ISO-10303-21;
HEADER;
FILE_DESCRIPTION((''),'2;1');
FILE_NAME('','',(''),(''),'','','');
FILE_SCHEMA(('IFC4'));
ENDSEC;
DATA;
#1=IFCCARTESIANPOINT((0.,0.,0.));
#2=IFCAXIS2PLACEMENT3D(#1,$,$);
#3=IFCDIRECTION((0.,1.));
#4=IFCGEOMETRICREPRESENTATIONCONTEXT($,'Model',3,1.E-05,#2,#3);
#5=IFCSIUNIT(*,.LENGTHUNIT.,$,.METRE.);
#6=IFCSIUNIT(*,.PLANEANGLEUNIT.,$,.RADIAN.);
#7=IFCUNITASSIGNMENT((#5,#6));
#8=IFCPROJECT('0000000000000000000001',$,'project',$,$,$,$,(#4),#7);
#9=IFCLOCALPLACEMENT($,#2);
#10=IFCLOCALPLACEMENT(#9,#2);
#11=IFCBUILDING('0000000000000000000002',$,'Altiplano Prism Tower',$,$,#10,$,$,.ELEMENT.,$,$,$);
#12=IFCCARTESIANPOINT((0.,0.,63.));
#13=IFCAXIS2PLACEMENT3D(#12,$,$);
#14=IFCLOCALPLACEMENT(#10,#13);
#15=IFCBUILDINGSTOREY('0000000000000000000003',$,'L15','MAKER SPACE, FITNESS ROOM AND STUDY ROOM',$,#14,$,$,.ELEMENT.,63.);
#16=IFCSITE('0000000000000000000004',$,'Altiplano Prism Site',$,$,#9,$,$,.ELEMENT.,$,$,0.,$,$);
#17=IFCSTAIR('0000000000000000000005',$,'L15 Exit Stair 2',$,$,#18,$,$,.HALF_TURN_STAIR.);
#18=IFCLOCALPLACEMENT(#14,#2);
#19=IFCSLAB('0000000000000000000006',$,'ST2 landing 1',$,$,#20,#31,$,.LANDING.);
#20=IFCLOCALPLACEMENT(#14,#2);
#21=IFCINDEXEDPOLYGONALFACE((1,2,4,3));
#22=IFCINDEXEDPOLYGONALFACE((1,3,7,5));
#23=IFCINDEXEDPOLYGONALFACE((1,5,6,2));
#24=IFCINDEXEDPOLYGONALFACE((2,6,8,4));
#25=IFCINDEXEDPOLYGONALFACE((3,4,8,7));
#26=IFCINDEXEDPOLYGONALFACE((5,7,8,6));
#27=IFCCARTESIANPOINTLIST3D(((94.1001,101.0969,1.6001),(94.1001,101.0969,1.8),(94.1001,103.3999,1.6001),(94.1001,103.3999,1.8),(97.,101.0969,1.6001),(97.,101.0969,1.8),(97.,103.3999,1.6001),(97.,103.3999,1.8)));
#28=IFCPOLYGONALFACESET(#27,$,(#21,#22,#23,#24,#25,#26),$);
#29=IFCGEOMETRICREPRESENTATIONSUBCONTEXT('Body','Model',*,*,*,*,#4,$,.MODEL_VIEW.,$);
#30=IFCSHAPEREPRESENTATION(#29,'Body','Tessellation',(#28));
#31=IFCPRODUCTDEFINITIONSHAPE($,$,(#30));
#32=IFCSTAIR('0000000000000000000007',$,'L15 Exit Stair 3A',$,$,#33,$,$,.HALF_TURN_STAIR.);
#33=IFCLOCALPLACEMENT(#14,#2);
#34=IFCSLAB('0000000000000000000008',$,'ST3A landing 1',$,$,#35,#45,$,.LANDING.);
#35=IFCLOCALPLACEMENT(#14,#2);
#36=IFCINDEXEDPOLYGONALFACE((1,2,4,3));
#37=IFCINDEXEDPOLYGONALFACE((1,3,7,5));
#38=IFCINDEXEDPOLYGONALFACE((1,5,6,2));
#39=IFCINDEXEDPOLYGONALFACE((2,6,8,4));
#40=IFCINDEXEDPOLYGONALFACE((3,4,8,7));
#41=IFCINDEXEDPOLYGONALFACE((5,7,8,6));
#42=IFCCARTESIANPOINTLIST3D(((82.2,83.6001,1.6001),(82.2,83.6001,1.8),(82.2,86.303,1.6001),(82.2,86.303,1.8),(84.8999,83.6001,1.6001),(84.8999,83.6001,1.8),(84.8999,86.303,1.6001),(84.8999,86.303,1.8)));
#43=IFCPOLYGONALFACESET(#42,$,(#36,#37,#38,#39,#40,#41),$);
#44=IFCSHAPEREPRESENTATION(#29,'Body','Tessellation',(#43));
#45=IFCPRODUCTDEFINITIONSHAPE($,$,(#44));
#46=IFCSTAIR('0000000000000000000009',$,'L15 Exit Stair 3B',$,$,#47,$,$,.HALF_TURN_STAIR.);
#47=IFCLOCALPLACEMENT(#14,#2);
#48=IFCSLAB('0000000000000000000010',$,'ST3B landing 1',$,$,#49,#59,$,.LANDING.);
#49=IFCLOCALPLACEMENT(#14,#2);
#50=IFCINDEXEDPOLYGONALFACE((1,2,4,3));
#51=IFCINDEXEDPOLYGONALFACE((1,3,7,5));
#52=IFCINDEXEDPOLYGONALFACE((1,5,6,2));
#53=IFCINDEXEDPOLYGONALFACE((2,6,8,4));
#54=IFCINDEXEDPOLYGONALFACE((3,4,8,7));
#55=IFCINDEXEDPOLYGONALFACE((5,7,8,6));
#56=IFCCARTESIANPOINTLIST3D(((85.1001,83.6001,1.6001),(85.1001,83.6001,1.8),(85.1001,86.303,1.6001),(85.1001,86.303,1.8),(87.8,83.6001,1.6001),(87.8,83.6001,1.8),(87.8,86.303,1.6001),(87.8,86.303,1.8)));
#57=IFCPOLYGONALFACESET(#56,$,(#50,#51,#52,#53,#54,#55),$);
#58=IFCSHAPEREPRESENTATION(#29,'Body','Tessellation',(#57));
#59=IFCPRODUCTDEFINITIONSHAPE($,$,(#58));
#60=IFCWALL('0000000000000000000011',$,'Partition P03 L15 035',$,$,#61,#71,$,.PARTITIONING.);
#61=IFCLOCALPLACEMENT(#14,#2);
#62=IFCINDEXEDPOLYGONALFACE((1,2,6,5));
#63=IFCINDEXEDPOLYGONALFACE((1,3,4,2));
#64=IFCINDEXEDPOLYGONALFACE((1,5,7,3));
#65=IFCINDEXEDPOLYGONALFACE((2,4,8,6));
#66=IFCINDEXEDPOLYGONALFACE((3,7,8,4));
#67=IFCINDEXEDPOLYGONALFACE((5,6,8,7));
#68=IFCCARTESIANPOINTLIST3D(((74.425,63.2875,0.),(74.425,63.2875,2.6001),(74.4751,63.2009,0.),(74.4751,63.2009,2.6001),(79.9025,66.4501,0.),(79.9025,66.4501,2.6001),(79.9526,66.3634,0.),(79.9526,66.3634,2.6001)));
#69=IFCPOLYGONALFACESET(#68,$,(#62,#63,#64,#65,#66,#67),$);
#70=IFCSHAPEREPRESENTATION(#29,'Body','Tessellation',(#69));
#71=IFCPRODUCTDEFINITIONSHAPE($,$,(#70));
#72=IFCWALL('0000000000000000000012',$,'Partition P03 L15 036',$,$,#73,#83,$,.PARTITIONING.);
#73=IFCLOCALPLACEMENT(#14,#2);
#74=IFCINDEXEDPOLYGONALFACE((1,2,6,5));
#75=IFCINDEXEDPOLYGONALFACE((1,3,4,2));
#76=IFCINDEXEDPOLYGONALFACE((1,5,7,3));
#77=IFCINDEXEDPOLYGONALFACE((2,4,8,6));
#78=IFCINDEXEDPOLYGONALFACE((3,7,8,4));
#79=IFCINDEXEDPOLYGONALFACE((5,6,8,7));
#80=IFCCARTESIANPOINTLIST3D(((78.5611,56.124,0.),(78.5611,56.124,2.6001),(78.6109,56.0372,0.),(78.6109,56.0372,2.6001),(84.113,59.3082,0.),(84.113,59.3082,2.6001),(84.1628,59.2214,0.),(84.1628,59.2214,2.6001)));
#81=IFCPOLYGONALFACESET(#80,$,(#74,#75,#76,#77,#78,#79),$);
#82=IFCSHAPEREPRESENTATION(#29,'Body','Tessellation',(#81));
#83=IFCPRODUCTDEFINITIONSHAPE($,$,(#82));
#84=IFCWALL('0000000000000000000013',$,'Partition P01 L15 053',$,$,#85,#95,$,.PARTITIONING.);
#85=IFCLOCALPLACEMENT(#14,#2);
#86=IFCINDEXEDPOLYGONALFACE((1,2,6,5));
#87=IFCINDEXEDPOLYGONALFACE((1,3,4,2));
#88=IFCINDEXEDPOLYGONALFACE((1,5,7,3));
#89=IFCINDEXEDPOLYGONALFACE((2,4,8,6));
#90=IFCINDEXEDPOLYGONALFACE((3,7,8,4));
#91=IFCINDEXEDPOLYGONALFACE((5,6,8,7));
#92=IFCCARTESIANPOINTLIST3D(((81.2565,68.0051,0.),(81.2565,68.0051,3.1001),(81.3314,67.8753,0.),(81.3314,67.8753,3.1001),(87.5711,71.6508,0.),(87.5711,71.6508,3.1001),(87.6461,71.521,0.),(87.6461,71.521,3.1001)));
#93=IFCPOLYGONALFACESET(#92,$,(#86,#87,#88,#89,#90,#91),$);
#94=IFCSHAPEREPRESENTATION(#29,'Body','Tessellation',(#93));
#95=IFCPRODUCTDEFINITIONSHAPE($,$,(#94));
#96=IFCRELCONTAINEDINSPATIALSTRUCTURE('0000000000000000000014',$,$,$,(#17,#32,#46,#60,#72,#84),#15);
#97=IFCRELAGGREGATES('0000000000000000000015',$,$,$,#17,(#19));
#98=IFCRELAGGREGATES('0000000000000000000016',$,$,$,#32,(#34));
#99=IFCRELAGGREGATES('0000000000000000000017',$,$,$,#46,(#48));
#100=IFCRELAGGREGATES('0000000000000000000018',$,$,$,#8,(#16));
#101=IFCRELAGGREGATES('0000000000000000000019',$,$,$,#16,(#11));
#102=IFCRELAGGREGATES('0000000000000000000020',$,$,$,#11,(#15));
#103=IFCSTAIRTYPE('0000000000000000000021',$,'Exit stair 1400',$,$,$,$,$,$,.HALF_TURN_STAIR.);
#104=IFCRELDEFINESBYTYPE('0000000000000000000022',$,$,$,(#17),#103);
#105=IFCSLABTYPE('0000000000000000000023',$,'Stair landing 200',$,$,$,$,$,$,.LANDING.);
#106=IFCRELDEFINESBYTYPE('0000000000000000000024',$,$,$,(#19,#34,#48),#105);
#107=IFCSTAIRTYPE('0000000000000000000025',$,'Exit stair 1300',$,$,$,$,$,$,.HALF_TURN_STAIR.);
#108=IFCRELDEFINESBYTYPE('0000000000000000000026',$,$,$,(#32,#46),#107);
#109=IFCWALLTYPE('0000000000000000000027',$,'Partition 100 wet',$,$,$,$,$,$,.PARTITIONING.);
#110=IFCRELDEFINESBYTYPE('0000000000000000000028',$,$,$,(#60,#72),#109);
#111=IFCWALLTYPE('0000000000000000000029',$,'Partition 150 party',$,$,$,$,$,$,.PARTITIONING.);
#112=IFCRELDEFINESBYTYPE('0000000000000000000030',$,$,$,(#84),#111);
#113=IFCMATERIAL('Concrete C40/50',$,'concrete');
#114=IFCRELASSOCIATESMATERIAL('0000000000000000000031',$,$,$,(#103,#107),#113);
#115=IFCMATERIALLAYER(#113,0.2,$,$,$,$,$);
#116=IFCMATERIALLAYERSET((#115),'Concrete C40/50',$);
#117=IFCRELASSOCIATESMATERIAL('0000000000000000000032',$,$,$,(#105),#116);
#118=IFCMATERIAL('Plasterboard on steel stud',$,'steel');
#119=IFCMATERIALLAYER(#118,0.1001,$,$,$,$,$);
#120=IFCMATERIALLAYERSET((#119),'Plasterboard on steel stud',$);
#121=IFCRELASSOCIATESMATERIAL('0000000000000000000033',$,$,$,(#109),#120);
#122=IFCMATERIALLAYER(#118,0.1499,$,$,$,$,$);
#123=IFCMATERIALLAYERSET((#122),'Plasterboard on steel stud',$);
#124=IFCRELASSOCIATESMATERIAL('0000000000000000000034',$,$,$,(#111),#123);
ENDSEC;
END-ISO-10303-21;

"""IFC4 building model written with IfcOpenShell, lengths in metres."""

from ifc_helpers import new_model, si_unit, direction, frame, frame_2d, origin, place, context, subcontext, project, spatial, polyline, rectangle, outline, extrude, material, layer, layer_set, type_object, element, aggregate, save


model = new_model("IFC4")

# Units and contexts
model_context = context("Model", 3, precision=1e-05, world=origin(), true_north=direction((0.0, 1.0)))
body_context = subcontext(model_context, "Body", "Model", "MODEL_VIEW")
ifc_project = project(units=[si_unit("LENGTHUNIT", "METRE"), si_unit("PLANEANGLEUNIT", "RADIAN")], contexts=[model_context])

# Site, building, storey
site_placement = place(None, origin())
site = spatial("IfcSite", under=ifc_project, at=site_placement, Name="Altiplano Prism Site", CompositionType="ELEMENT", RefElevation=0.0)
building_placement = place(site_placement, origin())
building = spatial("IfcBuilding", under=site, at=building_placement, Name="Altiplano Prism Tower", CompositionType="ELEMENT")
storey_placement = place(building_placement, frame((0.0, 0.0, 63.0)))
storey = spatial("IfcBuildingStorey", under=building, at=storey_placement, Name="L15", Description="MAKER SPACE, FITNESS ROOM AND STUDY ROOM", CompositionType="ELEMENT", Elevation=63.0)

# Shared definitions
ifc_material_1 = material(Name="Concrete C40/50", Category="concrete")

# Stairs, slabs
stair_type_1 = type_object("IfcStairType", Name="Exit stair 1400", PredefinedType="HALF_TURN_STAIR", material=ifc_material_1)
ifc_layer_1 = layer(ifc_material_1, 0.2)
ifc_layer_set_1 = layer_set([ifc_layer_1], Name="Concrete C40/50")
slab_type_1 = type_object("IfcSlabType", Name="Stair landing 200", PredefinedType="LANDING", material=ifc_layer_set_1)
stair_1_placement = place(storey_placement, origin())
stair_1 = element("IfcStair", 1, at=stair_1_placement, inside=storey, type_object=stair_type_1, Name="L15 Exit Stair 2", PredefinedType="HALF_TURN_STAIR")
slab_1_placement = place(storey_placement, frame((0.0, 0.0, 1.6001)))
slab_1 = element("IfcSlab", 2, at=slab_1_placement, type_object=slab_type_1, Name="ST2 landing 1", PredefinedType="LANDING", context=body_context, shape_type="SweptSolid", body=[
    extrude(outline(polyline([(97.0, 101.0969), (97.0, 103.3999), (94.1001, 103.3999), (94.1001, 101.0969), (97.0, 101.0969)])), origin(), (0.0, 0.0, 1.0), 0.2),
])
aggregate(stair_1, [slab_1])
stair_type_2 = type_object("IfcStairType", Name="Exit stair 1300", PredefinedType="HALF_TURN_STAIR", material=ifc_material_1)
stair_2_placement = place(storey_placement, origin())
stair_2 = element("IfcStair", 3, at=stair_2_placement, inside=storey, type_object=stair_type_2, Name="L15 Exit Stair 3A", PredefinedType="HALF_TURN_STAIR")
slab_2_placement = place(storey_placement, frame((0.0, 0.0, 1.6001)))
slab_2 = element("IfcSlab", 4, at=slab_2_placement, type_object=slab_type_1, Name="ST3A landing 1", PredefinedType="LANDING", context=body_context, shape_type="SweptSolid", body=[
    extrude(outline(polyline([(82.2, 86.303), (82.2, 83.6001), (84.8999, 83.6001), (84.8999, 86.303), (82.2, 86.303)])), origin(), (0.0, 0.0, 1.0), 0.2),
])
aggregate(stair_2, [slab_2])
stair_3_placement = place(storey_placement, origin())
stair_3 = element("IfcStair", 5, at=stair_3_placement, inside=storey, type_object=stair_type_2, Name="L15 Exit Stair 3B", PredefinedType="HALF_TURN_STAIR")
slab_3_placement = place(storey_placement, frame((0.0, 0.0, 1.6001)))
slab_3 = element("IfcSlab", 6, at=slab_3_placement, type_object=slab_type_1, Name="ST3B landing 1", PredefinedType="LANDING", context=body_context, shape_type="SweptSolid", body=[
    extrude(outline(polyline([(85.1001, 86.303), (85.1001, 83.6001), (87.8, 83.6001), (87.8, 86.303), (85.1001, 86.303)])), origin(), (0.0, 0.0, 1.0), 0.2),
])
aggregate(stair_3, [slab_3])

# Walls
ifc_material_2 = material(Name="Plasterboard on steel stud", Category="steel")
ifc_layer_2 = layer(ifc_material_2, 0.1001)
ifc_layer_set_2 = layer_set([ifc_layer_2], Name="Plasterboard on steel stud")
wall_type_1 = type_object("IfcWallType", Name="Partition 100 wet", PredefinedType="PARTITIONING", material=ifc_layer_set_2)
wall_1_placement = place(storey_placement, frame((74.45, 63.2441, 0.0), z_axis=(0.0, 0.0, 1.0), x_axis=(0.866016, 0.500016, 0.0)))
element("IfcWall", 7, at=wall_1_placement, inside=storey, type_object=wall_type_1, Name="Partition P03 L15 035", PredefinedType="PARTITIONING", context=body_context, shape_type="SweptSolid", body=[
    extrude(rectangle(XDim=6.325, YDim=0.1001, at=frame_2d((3.1626, 0.0))), origin(), (0.0, 0.0, 1.0), 2.6001),
])
wall_2_placement = place(storey_placement, frame((78.5859, 56.0806, 0.0), z_axis=(0.0, 0.0, 1.0), x_axis=(0.867458, 0.49751, 0.0)))
element("IfcWall", 8, at=wall_2_placement, inside=storey, type_object=wall_type_1, Name="Partition P03 L15 036", PredefinedType="PARTITIONING", context=body_context, shape_type="SweptSolid", body=[
    extrude(rectangle(XDim=6.4001, YDim=0.1001, at=frame_2d((3.2002, 0.0))), origin(), (0.0, 0.0, 1.0), 2.6001),
])
ifc_layer_3 = layer(ifc_material_2, 0.1499)
ifc_layer_set_3 = layer_set([ifc_layer_3], Name="Plasterboard on steel stud")
wall_type_2 = type_object("IfcWallType", Name="Partition 150 party", PredefinedType="PARTITIONING", material=ifc_layer_set_3)
wall_3_placement = place(storey_placement, frame((81.2939, 67.9402, 0.0), z_axis=(0.0, 0.0, 1.0), x_axis=(0.866028, 0.499996, 0.0)))
element("IfcWall", 9, at=wall_3_placement, inside=storey, type_object=wall_type_2, Name="Partition P01 L15 053", PredefinedType="PARTITIONING", context=body_context, shape_type="SweptSolid", body=[
    extrude(rectangle(XDim=7.2915, YDim=0.1499, at=frame_2d((3.6458, 0.0))), origin(), (0.0, 0.0, 1.0), 3.1001),
])

save(model, "model.ifc")
